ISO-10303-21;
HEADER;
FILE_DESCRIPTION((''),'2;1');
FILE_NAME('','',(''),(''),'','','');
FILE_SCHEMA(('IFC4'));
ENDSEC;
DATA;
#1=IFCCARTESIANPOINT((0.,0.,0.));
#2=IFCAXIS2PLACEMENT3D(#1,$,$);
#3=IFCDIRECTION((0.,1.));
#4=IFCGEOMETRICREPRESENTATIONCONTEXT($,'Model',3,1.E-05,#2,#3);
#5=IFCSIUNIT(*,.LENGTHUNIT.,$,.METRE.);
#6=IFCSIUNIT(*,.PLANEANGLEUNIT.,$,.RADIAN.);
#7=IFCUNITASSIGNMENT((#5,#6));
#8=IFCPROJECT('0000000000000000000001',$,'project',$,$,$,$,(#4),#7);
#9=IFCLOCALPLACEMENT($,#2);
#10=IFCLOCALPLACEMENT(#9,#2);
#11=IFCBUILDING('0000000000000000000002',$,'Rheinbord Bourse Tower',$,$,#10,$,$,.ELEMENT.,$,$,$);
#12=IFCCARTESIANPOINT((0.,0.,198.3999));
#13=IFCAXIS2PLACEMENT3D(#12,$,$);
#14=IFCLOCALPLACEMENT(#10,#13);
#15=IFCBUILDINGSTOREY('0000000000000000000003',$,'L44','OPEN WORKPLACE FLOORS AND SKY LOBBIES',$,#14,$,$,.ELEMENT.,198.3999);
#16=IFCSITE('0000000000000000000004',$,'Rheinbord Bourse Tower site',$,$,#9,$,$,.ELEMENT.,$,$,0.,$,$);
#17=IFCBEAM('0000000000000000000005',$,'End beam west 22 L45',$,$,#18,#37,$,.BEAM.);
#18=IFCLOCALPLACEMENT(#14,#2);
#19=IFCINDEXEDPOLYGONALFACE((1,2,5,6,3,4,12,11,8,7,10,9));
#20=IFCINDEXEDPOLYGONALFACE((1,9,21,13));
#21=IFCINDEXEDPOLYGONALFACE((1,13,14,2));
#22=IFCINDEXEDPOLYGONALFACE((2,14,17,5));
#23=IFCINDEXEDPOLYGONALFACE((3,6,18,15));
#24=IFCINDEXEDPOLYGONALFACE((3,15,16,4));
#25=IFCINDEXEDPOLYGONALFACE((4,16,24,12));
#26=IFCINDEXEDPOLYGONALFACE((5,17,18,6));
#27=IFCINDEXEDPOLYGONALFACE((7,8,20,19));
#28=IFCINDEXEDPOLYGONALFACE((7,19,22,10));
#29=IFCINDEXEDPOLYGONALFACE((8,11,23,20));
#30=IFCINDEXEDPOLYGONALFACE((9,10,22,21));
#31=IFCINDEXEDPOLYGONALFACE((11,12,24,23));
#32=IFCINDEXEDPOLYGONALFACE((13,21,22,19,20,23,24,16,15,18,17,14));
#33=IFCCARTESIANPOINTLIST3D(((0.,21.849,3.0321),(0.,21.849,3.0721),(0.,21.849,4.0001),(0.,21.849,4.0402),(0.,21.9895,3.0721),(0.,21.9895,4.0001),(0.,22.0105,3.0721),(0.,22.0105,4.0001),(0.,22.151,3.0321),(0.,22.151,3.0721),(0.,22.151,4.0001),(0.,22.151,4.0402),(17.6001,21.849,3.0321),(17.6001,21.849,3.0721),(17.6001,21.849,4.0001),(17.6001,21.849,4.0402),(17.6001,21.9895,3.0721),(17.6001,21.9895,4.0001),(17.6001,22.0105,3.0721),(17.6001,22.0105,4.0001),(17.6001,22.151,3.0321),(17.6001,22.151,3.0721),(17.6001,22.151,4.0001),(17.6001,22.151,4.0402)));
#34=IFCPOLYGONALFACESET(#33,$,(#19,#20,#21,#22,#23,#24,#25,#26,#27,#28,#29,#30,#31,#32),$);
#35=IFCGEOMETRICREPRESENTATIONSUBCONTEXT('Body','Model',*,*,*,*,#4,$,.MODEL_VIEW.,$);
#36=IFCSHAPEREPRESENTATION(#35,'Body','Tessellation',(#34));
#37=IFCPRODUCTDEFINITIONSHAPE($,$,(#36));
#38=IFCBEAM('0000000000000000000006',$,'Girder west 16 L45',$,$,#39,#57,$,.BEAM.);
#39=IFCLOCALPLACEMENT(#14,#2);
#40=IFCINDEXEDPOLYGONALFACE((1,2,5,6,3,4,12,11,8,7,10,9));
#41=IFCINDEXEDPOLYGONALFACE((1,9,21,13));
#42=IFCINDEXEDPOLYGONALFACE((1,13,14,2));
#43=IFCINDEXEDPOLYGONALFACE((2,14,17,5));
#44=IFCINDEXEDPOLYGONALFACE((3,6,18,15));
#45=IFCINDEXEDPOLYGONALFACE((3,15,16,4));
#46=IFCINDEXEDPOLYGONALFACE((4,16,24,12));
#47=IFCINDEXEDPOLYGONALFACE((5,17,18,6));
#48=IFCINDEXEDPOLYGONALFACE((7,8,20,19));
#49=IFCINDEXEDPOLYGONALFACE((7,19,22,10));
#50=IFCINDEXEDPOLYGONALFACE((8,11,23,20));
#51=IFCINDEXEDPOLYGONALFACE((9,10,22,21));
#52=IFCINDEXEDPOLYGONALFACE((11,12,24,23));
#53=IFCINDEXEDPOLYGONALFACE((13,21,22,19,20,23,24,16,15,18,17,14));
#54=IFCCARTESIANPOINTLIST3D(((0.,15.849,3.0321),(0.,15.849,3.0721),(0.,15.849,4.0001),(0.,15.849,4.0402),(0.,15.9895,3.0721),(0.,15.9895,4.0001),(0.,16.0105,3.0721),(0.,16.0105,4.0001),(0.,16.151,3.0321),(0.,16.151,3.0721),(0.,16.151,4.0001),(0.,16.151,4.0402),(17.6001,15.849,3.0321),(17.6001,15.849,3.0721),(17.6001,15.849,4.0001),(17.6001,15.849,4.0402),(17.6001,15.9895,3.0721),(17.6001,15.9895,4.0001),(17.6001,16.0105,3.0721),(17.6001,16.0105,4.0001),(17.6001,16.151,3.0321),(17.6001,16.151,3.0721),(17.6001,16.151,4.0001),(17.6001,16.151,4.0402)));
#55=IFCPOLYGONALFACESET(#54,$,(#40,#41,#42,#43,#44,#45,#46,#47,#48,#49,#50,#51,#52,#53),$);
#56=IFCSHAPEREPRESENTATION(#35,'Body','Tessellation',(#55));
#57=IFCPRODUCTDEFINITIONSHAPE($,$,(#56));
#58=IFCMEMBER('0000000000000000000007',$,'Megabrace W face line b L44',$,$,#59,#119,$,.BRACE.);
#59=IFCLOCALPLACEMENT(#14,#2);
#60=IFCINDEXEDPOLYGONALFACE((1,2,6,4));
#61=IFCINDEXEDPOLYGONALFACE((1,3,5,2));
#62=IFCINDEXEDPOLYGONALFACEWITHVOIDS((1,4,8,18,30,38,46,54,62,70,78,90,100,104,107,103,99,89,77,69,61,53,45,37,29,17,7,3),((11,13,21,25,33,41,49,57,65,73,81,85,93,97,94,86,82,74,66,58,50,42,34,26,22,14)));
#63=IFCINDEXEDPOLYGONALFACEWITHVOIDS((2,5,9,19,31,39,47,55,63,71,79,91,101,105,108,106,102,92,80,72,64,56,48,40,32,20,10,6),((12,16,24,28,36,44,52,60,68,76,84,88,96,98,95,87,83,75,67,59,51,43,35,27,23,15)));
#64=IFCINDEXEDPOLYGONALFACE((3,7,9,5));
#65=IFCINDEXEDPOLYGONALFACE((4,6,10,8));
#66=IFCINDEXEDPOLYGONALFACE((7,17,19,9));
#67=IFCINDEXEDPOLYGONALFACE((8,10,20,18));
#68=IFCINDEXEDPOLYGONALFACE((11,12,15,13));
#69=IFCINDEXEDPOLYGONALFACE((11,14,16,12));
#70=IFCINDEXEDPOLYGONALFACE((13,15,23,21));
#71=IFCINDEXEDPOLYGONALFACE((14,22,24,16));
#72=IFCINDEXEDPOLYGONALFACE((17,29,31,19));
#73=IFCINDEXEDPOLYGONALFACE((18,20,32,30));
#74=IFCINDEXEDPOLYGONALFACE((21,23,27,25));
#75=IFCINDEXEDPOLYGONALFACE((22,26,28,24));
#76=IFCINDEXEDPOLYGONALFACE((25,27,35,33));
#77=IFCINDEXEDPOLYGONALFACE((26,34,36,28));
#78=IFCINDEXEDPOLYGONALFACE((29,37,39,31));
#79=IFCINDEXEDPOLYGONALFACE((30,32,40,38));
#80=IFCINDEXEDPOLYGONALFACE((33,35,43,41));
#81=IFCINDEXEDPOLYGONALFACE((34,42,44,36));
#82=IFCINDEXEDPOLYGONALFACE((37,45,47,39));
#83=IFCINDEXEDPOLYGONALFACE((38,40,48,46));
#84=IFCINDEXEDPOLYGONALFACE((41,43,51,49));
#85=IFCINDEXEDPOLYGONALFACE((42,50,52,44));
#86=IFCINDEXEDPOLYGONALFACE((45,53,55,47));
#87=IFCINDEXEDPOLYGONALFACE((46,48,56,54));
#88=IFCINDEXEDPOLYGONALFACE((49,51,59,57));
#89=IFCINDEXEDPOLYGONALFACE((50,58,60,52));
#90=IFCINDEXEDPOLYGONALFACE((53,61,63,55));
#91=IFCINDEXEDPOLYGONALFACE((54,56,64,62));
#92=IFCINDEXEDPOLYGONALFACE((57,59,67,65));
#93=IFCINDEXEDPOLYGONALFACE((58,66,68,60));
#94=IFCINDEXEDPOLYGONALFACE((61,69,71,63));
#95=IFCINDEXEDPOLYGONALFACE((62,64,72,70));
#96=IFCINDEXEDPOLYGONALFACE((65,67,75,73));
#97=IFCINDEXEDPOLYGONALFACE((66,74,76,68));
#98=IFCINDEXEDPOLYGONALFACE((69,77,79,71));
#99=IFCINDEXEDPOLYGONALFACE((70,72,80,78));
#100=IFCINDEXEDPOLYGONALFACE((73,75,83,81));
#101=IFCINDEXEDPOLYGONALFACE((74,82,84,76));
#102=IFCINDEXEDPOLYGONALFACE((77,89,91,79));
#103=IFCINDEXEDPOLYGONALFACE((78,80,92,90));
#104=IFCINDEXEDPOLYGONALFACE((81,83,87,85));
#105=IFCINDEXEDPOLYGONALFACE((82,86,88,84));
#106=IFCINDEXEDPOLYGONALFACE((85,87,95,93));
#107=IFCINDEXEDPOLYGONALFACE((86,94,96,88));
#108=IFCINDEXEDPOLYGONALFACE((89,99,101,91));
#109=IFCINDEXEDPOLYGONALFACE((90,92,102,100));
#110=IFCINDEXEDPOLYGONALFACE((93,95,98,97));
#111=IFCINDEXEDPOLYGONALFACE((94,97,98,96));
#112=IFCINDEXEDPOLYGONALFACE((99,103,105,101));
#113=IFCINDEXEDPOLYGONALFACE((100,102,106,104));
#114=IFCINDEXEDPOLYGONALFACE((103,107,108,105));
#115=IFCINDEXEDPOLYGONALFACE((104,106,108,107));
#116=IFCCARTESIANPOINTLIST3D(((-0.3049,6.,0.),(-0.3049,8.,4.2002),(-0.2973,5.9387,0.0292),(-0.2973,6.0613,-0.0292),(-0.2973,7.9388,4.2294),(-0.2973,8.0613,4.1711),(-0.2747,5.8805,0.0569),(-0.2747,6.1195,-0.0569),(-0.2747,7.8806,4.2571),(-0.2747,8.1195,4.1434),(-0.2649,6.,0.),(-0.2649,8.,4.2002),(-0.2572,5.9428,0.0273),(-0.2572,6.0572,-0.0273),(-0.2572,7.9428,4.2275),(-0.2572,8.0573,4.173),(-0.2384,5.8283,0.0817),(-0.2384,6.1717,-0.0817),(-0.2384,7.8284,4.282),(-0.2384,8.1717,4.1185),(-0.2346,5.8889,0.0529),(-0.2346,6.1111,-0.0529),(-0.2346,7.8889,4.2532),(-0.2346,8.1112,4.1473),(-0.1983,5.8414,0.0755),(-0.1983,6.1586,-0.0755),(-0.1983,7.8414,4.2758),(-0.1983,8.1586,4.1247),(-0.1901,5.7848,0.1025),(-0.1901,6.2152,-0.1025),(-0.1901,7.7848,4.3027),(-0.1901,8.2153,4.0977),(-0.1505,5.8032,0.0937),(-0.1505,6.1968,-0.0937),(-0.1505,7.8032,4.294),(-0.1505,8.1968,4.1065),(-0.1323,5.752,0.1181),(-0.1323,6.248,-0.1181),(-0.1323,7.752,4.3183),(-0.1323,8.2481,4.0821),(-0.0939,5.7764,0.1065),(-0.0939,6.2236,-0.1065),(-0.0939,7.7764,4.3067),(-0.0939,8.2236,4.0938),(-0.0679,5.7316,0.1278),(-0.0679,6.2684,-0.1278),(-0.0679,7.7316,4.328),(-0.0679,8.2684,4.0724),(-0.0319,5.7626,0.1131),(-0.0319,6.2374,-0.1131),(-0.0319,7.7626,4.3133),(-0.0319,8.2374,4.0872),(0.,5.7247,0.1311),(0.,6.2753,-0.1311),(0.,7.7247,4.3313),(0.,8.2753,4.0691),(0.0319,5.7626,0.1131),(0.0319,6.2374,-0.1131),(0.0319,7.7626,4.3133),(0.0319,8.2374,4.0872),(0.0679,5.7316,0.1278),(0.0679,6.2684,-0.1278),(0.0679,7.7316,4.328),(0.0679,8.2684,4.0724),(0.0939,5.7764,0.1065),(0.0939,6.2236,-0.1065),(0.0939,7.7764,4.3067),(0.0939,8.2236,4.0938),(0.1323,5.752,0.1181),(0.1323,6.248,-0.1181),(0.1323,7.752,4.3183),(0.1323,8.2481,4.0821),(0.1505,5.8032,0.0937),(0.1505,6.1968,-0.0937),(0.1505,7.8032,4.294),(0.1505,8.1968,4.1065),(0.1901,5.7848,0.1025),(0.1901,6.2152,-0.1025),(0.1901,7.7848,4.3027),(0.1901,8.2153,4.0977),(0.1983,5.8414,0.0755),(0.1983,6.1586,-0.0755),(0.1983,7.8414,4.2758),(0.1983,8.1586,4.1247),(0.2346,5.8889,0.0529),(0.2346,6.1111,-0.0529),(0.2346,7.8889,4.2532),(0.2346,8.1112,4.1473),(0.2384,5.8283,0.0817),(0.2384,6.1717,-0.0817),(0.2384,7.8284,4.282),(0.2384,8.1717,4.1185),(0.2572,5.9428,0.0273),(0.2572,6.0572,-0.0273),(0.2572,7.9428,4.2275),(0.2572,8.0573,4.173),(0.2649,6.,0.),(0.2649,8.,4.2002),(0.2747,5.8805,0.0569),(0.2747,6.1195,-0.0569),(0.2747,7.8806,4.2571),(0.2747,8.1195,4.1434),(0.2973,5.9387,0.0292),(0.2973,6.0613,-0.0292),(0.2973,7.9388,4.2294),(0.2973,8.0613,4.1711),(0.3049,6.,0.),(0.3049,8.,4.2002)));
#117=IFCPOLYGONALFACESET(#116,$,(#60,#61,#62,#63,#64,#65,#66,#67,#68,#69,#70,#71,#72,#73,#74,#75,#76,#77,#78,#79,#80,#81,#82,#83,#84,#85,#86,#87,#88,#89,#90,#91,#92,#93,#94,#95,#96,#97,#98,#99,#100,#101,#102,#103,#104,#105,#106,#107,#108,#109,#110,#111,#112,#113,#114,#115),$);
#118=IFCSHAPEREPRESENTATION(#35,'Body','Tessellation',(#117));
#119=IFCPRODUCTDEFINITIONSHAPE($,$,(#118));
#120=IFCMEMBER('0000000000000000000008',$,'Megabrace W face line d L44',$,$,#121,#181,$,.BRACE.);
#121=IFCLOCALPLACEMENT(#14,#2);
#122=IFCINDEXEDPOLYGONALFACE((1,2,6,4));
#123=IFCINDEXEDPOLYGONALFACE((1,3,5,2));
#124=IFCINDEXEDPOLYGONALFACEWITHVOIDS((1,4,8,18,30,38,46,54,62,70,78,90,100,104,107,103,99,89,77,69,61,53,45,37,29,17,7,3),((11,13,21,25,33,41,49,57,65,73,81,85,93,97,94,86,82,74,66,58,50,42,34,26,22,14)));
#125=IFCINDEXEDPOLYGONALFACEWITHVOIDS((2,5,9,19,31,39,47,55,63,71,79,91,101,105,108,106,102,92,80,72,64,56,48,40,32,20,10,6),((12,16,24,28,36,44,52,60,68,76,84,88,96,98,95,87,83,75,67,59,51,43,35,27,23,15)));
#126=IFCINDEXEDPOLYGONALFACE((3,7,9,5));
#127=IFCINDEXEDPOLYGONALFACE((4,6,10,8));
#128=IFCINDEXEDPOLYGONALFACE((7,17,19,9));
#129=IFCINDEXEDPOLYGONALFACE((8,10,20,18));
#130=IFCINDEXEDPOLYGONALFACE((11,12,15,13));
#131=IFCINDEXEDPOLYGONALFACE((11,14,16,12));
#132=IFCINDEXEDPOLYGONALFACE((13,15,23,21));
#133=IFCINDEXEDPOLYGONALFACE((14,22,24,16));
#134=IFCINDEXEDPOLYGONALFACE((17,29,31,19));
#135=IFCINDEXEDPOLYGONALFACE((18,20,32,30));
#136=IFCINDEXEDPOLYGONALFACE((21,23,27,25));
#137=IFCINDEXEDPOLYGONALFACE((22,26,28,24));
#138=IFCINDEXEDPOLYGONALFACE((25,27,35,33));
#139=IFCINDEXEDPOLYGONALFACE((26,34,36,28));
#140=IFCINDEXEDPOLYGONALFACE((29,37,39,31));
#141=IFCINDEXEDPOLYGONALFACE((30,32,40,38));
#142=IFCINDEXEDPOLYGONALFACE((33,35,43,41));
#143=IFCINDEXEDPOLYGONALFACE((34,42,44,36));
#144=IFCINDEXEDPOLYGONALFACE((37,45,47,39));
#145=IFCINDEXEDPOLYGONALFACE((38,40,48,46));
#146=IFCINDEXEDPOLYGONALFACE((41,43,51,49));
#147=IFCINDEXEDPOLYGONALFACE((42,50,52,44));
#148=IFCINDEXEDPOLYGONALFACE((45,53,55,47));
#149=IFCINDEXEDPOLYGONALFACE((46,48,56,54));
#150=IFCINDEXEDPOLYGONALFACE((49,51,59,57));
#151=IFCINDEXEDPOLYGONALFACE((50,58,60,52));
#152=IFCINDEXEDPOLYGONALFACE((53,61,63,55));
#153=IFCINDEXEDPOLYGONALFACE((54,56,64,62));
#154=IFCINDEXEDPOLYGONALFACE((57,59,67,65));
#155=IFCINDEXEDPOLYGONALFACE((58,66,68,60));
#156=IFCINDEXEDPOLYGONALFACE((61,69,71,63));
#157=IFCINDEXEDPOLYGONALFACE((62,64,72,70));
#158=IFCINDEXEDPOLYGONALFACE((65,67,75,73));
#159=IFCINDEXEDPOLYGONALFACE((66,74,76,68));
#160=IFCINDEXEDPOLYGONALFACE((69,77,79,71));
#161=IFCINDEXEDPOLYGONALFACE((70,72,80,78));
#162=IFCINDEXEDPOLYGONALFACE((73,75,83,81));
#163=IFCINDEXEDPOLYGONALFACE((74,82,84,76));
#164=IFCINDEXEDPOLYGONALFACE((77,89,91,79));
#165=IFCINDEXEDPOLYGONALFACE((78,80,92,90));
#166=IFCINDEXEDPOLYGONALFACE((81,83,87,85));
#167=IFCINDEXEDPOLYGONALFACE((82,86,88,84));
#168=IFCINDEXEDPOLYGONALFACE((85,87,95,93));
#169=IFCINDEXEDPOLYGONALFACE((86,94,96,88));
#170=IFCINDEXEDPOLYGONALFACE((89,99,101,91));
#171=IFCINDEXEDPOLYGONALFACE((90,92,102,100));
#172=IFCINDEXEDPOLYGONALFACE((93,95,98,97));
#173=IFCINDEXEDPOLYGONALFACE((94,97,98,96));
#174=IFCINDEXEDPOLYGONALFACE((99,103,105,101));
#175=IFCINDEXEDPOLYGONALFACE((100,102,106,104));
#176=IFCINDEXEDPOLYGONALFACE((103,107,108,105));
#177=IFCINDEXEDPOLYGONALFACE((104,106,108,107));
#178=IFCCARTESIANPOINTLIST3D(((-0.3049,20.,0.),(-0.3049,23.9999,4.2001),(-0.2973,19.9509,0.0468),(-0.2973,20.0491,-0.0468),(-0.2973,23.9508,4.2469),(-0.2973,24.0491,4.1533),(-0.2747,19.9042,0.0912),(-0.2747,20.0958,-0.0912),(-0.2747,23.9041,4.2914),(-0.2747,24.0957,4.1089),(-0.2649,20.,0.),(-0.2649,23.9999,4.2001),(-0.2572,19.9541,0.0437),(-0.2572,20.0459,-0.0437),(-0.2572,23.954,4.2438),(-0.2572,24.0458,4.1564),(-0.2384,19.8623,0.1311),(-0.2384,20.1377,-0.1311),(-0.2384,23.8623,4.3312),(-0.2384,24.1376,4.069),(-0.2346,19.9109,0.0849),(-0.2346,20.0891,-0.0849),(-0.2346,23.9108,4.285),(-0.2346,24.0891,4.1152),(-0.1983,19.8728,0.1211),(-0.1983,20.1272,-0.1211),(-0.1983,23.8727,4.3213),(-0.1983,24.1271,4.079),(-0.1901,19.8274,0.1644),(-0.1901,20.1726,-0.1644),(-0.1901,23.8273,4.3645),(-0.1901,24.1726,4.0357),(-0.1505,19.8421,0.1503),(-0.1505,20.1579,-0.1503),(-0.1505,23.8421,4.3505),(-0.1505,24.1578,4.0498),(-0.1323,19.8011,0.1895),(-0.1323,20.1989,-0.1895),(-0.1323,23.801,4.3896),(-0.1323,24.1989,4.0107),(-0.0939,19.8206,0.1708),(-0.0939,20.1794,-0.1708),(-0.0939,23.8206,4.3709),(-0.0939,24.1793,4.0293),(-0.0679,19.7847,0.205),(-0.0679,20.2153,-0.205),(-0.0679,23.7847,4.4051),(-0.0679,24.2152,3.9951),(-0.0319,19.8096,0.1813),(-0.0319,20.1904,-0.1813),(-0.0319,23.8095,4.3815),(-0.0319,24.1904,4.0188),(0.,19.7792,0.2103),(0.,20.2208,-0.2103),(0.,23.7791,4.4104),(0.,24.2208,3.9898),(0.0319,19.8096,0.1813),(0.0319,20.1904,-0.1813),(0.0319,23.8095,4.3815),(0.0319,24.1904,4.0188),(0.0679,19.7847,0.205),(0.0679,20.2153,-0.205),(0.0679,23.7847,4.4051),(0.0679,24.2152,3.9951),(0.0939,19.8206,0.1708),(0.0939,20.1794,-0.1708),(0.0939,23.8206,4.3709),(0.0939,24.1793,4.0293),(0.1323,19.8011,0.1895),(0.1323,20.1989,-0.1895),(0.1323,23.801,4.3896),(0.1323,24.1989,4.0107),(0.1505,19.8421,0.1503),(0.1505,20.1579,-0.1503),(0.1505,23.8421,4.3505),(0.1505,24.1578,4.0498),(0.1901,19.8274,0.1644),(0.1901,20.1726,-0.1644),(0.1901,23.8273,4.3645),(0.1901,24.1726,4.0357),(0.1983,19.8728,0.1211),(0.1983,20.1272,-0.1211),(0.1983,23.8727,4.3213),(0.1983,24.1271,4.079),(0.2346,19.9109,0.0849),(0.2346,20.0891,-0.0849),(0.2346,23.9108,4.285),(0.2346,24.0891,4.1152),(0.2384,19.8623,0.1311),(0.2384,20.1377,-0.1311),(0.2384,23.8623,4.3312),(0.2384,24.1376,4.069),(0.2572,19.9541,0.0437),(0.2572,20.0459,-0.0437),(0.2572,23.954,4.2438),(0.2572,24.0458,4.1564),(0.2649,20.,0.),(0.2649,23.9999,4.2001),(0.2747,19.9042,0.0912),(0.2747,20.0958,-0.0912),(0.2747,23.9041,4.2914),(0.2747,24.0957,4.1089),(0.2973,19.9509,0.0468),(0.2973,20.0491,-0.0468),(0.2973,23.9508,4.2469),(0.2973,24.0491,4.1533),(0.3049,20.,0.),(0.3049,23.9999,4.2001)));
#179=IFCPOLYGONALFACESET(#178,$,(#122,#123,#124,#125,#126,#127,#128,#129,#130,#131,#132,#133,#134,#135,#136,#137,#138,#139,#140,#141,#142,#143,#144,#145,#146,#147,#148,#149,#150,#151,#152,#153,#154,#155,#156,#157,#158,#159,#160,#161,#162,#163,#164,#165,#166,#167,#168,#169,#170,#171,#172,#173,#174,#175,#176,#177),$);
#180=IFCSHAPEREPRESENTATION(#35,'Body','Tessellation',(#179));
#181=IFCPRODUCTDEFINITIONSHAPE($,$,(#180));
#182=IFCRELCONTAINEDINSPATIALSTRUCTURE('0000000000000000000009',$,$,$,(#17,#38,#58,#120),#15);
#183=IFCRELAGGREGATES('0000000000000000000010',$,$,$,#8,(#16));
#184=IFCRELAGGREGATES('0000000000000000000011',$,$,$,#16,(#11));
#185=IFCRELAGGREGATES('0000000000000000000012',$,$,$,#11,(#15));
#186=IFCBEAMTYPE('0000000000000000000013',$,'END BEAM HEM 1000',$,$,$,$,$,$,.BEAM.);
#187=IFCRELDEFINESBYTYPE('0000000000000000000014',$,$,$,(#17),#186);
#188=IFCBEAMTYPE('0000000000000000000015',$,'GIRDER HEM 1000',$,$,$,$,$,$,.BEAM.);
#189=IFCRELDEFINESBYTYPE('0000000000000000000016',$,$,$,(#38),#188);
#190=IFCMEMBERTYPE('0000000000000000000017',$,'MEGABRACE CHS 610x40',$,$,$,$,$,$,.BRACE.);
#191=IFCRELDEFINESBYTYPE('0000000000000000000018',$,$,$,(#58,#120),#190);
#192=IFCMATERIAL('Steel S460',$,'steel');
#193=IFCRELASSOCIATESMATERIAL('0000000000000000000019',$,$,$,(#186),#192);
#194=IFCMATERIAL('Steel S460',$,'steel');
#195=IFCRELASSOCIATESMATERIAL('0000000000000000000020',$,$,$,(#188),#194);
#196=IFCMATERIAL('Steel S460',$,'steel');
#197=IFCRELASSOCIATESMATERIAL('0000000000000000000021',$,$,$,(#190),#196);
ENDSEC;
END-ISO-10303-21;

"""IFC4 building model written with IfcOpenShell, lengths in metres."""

from ifc_helpers import new_model, si_unit, direction, frame, origin, origin_2d, place, context, subcontext, project, spatial, hollow_circle, i_section, extrude, material, material_profile, profile_set, type_object, element, save


model = new_model("IFC4")

# Units and contexts
model_context = context("Model", 3, precision=1e-05, world=origin(), true_north=direction((0.0, 1.0)))
body_context = subcontext(model_context, "Body", "Model", "MODEL_VIEW")
ifc_project = project(units=[si_unit("LENGTHUNIT", "METRE"), si_unit("PLANEANGLEUNIT", "RADIAN")], contexts=[model_context])

# Site, building, storey
site_placement = place(None, origin())
site = spatial("IfcSite", under=ifc_project, at=site_placement, Name="Rheinbord Bourse Tower site", CompositionType="ELEMENT", RefElevation=0.0)
building_placement = place(site_placement, origin())
building = spatial("IfcBuilding", under=site, at=building_placement, Name="Rheinbord Bourse Tower", CompositionType="ELEMENT")
storey_placement = place(building_placement, frame((0.0, 0.0, 198.3999)))
storey = spatial("IfcBuildingStorey", under=building, at=storey_placement, Name="L44", Description="OPEN WORKPLACE FLOORS AND SKY LOBBIES", CompositionType="ELEMENT", Elevation=198.3999)

# Beams
ifc_material_1 = material(Name="Steel S460", Category="steel")
ifc_material_profile_1 = material_profile(ifc_material_1, i_section(OverallWidth=0.302, OverallDepth=1.0081, WebThickness=0.021, FlangeThickness=0.04, at=origin_2d()), Name="HEM 1000")
ifc_profile_set_1 = profile_set([ifc_material_profile_1], Name="Steel S460")
beam_type_1 = type_object("IfcBeamType", Name="END BEAM HEM 1000", PredefinedType="BEAM", material=ifc_profile_set_1)
for number, where, z_axis, x_axis, name in (
    (1, (0.0, 22.0, 3.5361), (1.0, 0.0, 0.0), (0.0, 1.0, 0.0), "End beam west 22 L45"),
):
    element("IfcBeam", number, at=place(storey_placement, frame(where, z_axis=z_axis, x_axis=x_axis)), inside=storey, type_object=beam_type_1, Name=name, PredefinedType="BEAM", context=body_context, shape_type="SweptSolid", body=[
        extrude(i_section(OverallWidth=0.302, OverallDepth=1.0081, WebThickness=0.021, FlangeThickness=0.04, at=origin_2d()), origin(), (0.0, 0.0, 1.0), 17.6001),
    ])
ifc_material_2 = material(Name="Steel S460", Category="steel")
ifc_material_profile_2 = material_profile(ifc_material_2, i_section(OverallWidth=0.302, OverallDepth=1.0081, WebThickness=0.021, FlangeThickness=0.04, at=origin_2d()), Name="HEM 1000")
ifc_profile_set_2 = profile_set([ifc_material_profile_2], Name="Steel S460")
beam_type_2 = type_object("IfcBeamType", Name="GIRDER HEM 1000", PredefinedType="BEAM", material=ifc_profile_set_2)
beam_1_placement = place(storey_placement, frame((0.0, 16.0, 3.5361), z_axis=(1.0, 0.0, 0.0), x_axis=(0.0, 1.0, 0.0)))
element("IfcBeam", 2, at=beam_1_placement, inside=storey, type_object=beam_type_2, Name="Girder west 16 L45", PredefinedType="BEAM", context=body_context, shape_type="SweptSolid", body=[
    extrude(i_section(OverallWidth=0.302, OverallDepth=1.0081, WebThickness=0.021, FlangeThickness=0.04, at=origin_2d()), origin(), (0.0, 0.0, 1.0), 17.6001),
])

# Members
ifc_material_3 = material(Name="Steel S460", Category="steel")
ifc_material_profile_3 = material_profile(ifc_material_3, hollow_circle(Radius=0.3049, WallThickness=0.04, at=origin_2d()), Name="CHS 610x40")
ifc_profile_set_3 = profile_set([ifc_material_profile_3], Name="Steel S460")
member_type_1 = type_object("IfcMemberType", Name="MEGABRACE CHS 610x40", PredefinedType="BRACE", material=ifc_profile_set_3)
member_1_placement = place(storey_placement, frame((0.0, 6.0, 0.0), z_axis=(0.0, 0.429917, 0.902868), x_axis=(-1.0, 0.0, 0.0)))
element("IfcMember", 3, at=member_1_placement, inside=storey, type_object=member_type_1, Name="Megabrace W face line b L44", PredefinedType="BRACE", context=body_context, shape_type="SweptSolid", body=[
    extrude(hollow_circle(Radius=0.3049, WallThickness=0.04, at=origin_2d()), origin(), (0.0, 0.0, 1.0), 4.6521),
])
member_2_placement = place(storey_placement, frame((0.0, 20.0, 0.0), z_axis=(0.0, 0.689638, 0.724154), x_axis=(-1.0, 0.0, 0.0)))
element("IfcMember", 4, at=member_2_placement, inside=storey, type_object=member_type_1, Name="Megabrace W face line d L44", PredefinedType="BRACE", context=body_context, shape_type="SweptSolid", body=[
    extrude(hollow_circle(Radius=0.3049, WallThickness=0.04, at=origin_2d()), origin(), (0.0, 0.0, 1.0), 5.8),
])

save(model, "model.ifc")
